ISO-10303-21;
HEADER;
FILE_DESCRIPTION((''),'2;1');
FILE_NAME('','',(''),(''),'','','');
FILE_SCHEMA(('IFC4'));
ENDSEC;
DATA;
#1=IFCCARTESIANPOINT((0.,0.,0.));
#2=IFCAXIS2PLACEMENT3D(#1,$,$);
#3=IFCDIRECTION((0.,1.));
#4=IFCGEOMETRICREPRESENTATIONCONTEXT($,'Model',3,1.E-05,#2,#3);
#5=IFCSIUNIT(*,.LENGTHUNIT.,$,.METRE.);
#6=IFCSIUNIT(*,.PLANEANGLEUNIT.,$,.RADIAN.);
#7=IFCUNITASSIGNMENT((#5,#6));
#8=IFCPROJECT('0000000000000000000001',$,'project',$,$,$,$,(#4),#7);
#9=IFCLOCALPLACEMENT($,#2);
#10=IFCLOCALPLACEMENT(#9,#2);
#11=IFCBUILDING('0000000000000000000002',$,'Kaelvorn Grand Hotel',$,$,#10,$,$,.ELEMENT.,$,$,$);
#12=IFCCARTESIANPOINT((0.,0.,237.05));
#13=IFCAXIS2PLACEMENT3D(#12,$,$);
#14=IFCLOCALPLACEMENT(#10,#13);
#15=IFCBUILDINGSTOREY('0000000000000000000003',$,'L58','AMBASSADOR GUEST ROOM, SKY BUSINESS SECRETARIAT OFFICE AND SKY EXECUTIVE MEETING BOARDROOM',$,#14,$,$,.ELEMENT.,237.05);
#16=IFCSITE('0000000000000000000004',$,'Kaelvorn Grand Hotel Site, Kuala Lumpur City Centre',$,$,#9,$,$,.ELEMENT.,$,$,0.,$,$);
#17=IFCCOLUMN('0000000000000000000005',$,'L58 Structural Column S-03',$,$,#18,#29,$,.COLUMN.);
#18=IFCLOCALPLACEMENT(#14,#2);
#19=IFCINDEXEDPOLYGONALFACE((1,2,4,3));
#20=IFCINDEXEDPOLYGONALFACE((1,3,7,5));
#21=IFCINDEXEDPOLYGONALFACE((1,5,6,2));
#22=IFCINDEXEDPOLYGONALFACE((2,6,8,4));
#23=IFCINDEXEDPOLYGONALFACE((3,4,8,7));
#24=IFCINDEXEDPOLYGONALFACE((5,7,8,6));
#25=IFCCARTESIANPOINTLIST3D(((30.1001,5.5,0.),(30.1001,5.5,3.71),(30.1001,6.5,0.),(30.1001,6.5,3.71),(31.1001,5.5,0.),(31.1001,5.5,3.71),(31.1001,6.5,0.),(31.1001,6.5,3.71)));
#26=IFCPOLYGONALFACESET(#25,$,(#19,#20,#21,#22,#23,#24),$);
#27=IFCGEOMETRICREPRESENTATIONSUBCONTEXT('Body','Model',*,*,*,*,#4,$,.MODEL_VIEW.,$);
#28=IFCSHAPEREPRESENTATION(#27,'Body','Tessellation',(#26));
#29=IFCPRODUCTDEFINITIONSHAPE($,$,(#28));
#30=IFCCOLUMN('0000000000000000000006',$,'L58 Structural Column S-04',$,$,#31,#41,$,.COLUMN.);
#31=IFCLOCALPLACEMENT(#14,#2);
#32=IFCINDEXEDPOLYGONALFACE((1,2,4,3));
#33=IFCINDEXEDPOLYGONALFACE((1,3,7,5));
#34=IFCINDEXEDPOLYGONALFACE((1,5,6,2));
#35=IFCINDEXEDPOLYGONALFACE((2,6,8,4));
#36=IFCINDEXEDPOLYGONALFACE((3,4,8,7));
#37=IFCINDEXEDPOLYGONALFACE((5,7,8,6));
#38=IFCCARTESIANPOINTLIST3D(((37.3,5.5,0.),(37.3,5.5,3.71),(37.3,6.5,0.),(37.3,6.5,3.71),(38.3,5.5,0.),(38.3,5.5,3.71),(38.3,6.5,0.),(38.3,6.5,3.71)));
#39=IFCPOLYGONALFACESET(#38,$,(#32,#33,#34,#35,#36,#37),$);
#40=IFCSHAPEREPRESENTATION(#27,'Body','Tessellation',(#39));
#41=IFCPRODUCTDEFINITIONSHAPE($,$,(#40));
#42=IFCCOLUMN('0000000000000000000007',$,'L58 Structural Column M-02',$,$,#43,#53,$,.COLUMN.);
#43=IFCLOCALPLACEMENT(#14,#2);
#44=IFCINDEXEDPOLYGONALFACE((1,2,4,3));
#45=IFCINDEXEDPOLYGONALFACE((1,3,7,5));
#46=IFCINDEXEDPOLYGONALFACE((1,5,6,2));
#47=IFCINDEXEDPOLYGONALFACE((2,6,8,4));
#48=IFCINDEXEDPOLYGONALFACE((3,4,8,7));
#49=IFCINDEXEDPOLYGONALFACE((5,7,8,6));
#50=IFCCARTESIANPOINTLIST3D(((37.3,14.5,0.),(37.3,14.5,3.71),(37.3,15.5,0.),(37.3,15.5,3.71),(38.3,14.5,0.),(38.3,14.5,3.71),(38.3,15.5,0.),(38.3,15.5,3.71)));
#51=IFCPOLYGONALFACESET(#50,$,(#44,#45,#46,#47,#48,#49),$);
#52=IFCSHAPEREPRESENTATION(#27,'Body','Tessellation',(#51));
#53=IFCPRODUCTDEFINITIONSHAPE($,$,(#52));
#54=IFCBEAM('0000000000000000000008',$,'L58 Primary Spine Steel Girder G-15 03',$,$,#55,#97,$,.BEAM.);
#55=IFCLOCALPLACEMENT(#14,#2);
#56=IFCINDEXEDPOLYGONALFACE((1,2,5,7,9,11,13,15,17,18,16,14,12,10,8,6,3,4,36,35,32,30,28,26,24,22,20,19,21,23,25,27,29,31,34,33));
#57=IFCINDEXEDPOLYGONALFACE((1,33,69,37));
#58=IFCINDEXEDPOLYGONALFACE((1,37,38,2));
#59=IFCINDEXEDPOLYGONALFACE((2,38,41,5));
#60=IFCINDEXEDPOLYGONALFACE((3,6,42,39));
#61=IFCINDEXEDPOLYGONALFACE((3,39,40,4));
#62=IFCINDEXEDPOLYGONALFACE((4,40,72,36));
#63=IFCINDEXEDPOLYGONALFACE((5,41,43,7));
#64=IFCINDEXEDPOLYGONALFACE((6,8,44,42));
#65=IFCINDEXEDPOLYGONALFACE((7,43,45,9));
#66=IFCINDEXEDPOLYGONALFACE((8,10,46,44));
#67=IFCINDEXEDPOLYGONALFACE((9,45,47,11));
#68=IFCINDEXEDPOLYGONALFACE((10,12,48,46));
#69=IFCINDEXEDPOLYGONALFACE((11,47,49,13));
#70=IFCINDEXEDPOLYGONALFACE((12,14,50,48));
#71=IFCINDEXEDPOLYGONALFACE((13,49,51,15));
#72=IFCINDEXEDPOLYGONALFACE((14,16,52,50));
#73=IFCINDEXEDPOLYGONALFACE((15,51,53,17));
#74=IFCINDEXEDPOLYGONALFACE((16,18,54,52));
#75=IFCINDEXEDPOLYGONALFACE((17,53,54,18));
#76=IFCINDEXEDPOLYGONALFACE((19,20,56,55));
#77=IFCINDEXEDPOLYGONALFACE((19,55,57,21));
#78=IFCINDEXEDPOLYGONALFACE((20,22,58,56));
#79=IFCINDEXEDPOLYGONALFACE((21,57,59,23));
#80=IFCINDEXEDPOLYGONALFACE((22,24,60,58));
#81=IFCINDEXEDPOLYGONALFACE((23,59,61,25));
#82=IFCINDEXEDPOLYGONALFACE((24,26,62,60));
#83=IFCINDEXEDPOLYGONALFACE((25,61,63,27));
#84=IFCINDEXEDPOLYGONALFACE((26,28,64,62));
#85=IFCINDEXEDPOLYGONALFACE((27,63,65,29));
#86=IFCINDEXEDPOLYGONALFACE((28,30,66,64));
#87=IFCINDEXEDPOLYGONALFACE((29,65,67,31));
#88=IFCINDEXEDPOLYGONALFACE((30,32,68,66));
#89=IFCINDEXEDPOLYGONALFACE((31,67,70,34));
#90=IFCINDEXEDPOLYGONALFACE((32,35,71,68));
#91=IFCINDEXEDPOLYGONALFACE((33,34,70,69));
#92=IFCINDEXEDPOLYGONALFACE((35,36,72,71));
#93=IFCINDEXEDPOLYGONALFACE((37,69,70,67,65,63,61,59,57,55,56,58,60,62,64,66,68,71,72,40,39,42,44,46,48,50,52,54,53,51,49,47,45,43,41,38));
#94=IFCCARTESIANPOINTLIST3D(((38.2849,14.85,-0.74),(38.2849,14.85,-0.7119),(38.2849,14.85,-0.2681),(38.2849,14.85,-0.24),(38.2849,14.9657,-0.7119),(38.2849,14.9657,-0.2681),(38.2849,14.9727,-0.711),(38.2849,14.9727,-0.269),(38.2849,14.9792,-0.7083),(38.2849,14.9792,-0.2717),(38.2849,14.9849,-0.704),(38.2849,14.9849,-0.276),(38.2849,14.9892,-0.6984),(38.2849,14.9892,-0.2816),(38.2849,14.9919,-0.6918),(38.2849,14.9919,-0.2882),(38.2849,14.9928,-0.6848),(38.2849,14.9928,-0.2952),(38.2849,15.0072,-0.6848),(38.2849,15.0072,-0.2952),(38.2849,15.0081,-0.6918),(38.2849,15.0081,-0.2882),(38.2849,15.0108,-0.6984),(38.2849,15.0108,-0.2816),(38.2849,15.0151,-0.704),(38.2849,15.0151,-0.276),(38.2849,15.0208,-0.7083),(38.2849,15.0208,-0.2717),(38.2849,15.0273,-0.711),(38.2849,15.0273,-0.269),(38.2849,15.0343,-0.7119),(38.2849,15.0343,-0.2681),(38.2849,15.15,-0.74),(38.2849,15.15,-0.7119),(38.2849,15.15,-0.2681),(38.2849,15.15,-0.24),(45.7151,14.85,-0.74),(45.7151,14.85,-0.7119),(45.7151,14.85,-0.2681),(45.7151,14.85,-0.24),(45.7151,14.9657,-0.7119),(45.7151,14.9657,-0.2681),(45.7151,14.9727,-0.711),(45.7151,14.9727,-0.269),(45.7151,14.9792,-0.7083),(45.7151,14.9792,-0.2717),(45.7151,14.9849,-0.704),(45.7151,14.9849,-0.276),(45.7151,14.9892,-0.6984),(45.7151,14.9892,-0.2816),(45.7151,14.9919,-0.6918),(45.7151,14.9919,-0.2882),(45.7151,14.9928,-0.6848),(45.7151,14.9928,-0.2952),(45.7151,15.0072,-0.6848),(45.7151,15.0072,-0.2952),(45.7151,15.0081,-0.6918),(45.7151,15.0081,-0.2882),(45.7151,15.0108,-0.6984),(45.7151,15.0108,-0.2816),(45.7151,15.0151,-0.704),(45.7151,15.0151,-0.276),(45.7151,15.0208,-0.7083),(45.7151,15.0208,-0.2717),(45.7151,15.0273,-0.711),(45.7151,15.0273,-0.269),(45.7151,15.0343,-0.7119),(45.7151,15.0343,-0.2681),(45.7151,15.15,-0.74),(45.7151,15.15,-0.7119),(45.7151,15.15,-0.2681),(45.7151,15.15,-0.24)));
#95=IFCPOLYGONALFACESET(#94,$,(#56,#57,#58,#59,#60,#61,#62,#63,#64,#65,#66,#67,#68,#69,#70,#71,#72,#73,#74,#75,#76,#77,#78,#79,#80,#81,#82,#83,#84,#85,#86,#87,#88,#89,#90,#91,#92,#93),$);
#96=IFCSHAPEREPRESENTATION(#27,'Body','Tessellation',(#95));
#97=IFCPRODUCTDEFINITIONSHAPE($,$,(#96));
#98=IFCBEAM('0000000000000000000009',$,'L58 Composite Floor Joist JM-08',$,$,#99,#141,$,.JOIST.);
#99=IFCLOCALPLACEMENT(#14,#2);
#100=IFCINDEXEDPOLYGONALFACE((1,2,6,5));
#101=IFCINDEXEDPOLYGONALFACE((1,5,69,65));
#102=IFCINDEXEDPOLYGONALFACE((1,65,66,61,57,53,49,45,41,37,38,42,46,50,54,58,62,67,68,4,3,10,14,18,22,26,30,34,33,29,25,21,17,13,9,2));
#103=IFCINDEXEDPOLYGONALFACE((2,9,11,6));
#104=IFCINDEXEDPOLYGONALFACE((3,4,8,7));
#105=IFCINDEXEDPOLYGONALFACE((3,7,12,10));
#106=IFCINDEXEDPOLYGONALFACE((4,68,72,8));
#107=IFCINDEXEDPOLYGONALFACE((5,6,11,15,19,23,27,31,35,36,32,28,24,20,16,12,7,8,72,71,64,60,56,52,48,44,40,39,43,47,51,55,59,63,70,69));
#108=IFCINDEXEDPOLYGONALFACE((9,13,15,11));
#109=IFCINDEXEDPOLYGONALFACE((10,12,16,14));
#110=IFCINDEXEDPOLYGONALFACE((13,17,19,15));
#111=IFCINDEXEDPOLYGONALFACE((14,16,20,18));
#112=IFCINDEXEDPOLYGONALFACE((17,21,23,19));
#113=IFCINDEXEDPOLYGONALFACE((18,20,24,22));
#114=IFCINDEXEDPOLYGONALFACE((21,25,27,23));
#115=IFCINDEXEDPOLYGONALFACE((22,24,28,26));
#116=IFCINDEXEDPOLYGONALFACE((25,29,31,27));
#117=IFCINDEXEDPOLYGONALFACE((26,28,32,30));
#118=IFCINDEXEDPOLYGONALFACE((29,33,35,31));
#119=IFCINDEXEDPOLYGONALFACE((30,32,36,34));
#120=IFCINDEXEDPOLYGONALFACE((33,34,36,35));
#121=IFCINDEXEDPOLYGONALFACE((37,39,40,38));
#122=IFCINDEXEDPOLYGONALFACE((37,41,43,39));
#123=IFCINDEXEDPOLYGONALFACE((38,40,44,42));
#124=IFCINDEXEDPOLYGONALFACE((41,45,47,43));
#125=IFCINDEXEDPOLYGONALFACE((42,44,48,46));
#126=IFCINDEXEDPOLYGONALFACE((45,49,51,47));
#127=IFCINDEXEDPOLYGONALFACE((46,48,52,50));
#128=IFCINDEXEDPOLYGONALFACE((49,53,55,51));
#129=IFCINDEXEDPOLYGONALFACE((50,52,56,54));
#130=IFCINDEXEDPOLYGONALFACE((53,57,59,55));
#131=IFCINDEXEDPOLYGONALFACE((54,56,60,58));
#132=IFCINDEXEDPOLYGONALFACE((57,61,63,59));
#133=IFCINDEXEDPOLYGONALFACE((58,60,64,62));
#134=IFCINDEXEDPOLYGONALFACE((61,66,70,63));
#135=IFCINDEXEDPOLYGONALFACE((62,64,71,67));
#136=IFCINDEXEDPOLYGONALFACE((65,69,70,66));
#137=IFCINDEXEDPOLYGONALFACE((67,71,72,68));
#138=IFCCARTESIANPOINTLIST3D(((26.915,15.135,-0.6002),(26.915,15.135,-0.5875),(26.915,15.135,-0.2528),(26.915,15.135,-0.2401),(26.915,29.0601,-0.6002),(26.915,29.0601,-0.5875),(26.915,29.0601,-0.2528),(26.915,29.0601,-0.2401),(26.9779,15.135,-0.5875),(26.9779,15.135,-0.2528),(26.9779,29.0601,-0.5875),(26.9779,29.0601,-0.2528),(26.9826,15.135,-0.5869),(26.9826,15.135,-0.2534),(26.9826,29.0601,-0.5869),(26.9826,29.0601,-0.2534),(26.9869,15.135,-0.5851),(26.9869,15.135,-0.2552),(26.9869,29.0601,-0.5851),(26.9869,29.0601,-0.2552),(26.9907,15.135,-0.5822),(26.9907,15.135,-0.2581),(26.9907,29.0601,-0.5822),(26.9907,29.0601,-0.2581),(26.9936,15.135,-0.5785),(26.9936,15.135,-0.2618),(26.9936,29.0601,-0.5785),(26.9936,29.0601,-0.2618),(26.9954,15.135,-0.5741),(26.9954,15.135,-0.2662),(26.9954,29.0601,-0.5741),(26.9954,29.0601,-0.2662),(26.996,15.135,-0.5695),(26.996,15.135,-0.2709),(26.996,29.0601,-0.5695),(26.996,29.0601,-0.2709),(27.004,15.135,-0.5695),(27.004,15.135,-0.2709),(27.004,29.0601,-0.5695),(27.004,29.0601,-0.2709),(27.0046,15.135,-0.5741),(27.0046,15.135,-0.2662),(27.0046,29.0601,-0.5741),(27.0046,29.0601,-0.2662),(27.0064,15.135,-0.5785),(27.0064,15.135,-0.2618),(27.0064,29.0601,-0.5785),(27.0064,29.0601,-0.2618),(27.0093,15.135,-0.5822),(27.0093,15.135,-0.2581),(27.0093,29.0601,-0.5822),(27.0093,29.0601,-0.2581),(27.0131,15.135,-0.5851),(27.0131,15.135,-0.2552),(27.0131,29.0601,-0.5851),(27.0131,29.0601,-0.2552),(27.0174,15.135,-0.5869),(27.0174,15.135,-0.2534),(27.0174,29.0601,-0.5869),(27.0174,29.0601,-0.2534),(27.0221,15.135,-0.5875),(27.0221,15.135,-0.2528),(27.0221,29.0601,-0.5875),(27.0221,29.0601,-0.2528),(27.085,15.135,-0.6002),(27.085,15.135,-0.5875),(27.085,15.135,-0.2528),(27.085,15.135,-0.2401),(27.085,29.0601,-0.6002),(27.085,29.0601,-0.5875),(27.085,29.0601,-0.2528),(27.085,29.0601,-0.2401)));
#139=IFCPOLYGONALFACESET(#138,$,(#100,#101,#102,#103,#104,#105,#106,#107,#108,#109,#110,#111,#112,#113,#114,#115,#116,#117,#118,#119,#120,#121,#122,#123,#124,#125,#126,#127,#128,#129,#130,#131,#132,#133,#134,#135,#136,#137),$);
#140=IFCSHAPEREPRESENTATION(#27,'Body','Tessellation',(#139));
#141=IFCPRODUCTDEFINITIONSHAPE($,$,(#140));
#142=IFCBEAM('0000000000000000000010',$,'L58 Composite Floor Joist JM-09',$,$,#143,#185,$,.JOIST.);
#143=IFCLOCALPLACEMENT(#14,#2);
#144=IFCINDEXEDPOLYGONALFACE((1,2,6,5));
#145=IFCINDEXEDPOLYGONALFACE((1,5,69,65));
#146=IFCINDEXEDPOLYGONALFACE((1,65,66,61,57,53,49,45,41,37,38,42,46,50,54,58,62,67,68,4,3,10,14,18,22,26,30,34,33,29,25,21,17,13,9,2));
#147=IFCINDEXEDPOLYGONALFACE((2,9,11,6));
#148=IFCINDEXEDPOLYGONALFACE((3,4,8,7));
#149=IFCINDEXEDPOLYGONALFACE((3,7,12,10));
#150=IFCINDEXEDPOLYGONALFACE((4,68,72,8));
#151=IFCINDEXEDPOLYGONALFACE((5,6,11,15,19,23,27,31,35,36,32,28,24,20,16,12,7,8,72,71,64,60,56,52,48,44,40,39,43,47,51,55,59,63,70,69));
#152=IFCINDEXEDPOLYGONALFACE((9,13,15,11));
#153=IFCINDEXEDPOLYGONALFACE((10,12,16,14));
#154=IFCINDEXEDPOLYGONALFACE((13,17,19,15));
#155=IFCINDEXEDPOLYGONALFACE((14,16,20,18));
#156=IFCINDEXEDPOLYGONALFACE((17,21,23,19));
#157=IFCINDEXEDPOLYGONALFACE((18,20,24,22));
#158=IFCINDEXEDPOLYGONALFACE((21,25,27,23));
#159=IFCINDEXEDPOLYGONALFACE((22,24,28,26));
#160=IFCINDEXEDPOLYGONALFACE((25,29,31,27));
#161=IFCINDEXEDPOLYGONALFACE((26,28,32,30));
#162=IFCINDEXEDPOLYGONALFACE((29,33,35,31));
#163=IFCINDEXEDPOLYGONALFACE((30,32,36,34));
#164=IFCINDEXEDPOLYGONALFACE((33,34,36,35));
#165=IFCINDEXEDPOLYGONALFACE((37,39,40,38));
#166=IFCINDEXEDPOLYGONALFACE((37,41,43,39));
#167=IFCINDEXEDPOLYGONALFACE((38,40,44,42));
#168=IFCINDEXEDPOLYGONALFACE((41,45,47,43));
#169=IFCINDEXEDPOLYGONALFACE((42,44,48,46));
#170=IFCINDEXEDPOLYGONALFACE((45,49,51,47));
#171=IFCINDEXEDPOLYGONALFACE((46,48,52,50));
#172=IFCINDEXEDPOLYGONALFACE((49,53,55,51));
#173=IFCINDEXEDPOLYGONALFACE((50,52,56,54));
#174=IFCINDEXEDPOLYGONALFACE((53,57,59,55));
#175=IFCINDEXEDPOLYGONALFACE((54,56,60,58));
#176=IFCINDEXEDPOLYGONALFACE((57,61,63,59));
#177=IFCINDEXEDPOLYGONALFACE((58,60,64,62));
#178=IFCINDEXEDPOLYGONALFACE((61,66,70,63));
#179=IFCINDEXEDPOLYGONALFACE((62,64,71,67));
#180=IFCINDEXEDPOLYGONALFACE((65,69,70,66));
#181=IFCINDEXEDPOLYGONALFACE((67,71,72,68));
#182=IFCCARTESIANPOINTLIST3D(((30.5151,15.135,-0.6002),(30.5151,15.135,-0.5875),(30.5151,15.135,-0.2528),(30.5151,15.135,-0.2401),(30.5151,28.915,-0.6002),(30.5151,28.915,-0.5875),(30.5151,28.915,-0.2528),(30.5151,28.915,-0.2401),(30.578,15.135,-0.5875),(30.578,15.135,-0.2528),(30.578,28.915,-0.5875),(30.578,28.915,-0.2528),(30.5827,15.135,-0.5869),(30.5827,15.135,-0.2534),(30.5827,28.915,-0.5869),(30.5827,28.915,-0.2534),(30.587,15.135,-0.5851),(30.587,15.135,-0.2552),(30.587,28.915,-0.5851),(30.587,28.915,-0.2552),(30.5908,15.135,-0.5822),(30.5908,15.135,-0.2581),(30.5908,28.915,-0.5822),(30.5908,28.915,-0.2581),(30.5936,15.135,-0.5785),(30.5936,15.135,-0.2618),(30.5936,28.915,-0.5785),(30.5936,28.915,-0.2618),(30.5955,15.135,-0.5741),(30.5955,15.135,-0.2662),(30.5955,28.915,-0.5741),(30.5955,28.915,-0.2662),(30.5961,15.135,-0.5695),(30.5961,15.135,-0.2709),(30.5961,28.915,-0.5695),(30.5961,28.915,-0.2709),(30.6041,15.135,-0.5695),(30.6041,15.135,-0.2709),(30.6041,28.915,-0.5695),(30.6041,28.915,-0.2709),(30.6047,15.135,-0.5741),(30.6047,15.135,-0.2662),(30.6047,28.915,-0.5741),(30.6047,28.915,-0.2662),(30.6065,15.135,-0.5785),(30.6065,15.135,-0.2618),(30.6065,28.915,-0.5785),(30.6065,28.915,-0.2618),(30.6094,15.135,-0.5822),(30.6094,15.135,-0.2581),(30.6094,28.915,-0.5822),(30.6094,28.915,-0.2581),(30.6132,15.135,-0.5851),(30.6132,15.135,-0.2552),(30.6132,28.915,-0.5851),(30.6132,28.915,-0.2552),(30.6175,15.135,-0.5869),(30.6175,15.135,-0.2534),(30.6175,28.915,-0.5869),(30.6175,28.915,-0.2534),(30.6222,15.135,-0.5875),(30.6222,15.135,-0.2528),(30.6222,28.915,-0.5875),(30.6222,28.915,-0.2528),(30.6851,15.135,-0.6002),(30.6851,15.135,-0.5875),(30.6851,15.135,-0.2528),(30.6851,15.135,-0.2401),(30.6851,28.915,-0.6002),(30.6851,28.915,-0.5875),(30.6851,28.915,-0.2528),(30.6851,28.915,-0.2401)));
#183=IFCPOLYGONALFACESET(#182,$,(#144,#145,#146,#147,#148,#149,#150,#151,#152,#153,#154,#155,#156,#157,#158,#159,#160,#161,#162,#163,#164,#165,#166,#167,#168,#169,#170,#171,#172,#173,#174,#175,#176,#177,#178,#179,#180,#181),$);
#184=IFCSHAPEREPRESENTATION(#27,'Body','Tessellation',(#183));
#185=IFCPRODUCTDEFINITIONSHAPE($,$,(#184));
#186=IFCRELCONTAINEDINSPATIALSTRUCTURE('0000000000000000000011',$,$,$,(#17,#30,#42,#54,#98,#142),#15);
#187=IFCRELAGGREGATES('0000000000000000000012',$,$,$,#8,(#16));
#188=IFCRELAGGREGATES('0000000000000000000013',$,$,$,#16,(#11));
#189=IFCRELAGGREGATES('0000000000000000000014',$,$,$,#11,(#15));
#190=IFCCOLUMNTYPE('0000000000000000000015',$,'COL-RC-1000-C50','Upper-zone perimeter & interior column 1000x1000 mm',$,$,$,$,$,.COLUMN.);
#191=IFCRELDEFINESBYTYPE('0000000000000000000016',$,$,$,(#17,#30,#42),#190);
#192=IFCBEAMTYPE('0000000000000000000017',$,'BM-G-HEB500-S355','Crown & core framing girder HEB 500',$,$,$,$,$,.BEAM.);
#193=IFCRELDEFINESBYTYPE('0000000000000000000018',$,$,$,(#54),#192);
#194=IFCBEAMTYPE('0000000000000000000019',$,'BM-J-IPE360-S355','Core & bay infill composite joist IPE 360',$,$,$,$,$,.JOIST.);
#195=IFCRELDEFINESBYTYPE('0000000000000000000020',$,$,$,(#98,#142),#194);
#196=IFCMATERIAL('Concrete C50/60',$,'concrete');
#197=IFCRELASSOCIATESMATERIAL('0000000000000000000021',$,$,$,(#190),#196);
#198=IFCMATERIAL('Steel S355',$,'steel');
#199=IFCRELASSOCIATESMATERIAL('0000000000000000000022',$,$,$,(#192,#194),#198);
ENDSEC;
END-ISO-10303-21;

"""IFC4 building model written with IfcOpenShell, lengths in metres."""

from ifc_helpers import new_model, si_unit, direction, frame, origin, origin_2d, place, context, subcontext, project, spatial, rectangle, i_section, extrude, material, material_profile, profile_set, type_object, element, save


model = new_model("IFC4")

# Units and contexts
model_context = context("Model", 3, precision=1e-05, world=origin(), true_north=direction((0.0, 1.0)))
body_context = subcontext(model_context, "Body", "Model", "MODEL_VIEW")
ifc_project = project(units=[si_unit("LENGTHUNIT", "METRE"), si_unit("PLANEANGLEUNIT", "RADIAN")], contexts=[model_context])

# Site, building, storey
site_placement = place(None, origin())
site = spatial("IfcSite", under=ifc_project, at=site_placement, Name="Kaelvorn Grand Hotel Site, Kuala Lumpur City Centre", CompositionType="ELEMENT", RefElevation=0.0)
building_placement = place(site_placement, origin())
building = spatial("IfcBuilding", under=site, at=building_placement, Name="Kaelvorn Grand Hotel", CompositionType="ELEMENT")
storey_placement = place(building_placement, frame((0.0, 0.0, 237.05)))
storey = spatial("IfcBuildingStorey", under=building, at=storey_placement, Name="L58", Description="AMBASSADOR GUEST ROOM, SKY BUSINESS SECRETARIAT OFFICE AND SKY EXECUTIVE MEETING BOARDROOM", CompositionType="ELEMENT", Elevation=237.05)

# Columns
ifc_material_1 = material(Name="Concrete C50/60", Category="concrete")
ifc_material_profile_1 = material_profile(ifc_material_1, rectangle(XDim=1.0, YDim=1.0, at=origin_2d()), Name="RC COL 1000x1000")
ifc_profile_set_1 = profile_set([ifc_material_profile_1], Name="Concrete C50/60")
column_type = type_object("IfcColumnType", Name="COL-RC-1000-C50", Description="Upper-zone perimeter & interior column 1000x1000 mm", PredefinedType="COLUMN", material=ifc_profile_set_1)
for number, where, z_axis, x_axis, name in (
    (1, (30.6001, 6.0, 0.0), (0.0, 0.0, 1.0), (1.0, 0.0, 0.0), "L58 Structural Column S-03"),
    (2, (37.8, 6.0, 0.0), (0.0, 0.0, 1.0), (1.0, 0.0, 0.0), "L58 Structural Column S-04"),
    (3, (37.8, 15.0, 0.0), (0.0, 0.0, 1.0), (1.0, 0.0, 0.0), "L58 Structural Column M-02"),
):
    element("IfcColumn", number, at=place(storey_placement, frame(where, z_axis=z_axis, x_axis=x_axis)), inside=storey, type_object=column_type, Name=name, PredefinedType="COLUMN", context=body_context, shape_type="SweptSolid", body=[
        extrude(rectangle(XDim=1.0, YDim=1.0, at=origin_2d()), origin(), (0.0, 0.0, 1.0), 3.71),
    ])

# Beams
ifc_material_2 = material(Name="Steel S355", Category="steel")
ifc_material_profile_2 = material_profile(ifc_material_2, i_section(OverallWidth=0.3, OverallDepth=0.5, WebThickness=0.0144, FlangeThickness=0.0281, FilletRadius=0.0271, at=origin_2d()), Name="HEB 500")
ifc_profile_set_2 = profile_set([ifc_material_profile_2], Name="Steel S355")
beam_type_1 = type_object("IfcBeamType", Name="BM-G-HEB500-S355", Description="Crown & core framing girder HEB 500", PredefinedType="BEAM", material=ifc_profile_set_2)
beam_1_placement = place(storey_placement, frame((38.2849, 15.0, -0.49), z_axis=(1.0, 0.0, 0.0), x_axis=(0.0, 1.0, 0.0)))
element("IfcBeam", 4, at=beam_1_placement, inside=storey, type_object=beam_type_1, Name="L58 Primary Spine Steel Girder G-15 03", PredefinedType="BEAM", context=body_context, shape_type="SweptSolid", body=[
    extrude(i_section(OverallWidth=0.3, OverallDepth=0.5, WebThickness=0.0144, FlangeThickness=0.0281, FilletRadius=0.0271, at=origin_2d()), origin(), (0.0, 0.0, 1.0), 7.4302),
])
ifc_material_profile_3 = material_profile(ifc_material_2, i_section(OverallWidth=0.1699, OverallDepth=0.3601, WebThickness=0.0081, FlangeThickness=0.0127, FilletRadius=0.0181, at=origin_2d()), Name="IPE 360")
ifc_profile_set_3 = profile_set([ifc_material_profile_3], Name="Steel S355")
beam_type_2 = type_object("IfcBeamType", Name="BM-J-IPE360-S355", Description="Core & bay infill composite joist IPE 360", PredefinedType="JOIST", material=ifc_profile_set_3)
beam_2_placement = place(storey_placement, frame((27.0, 15.135, -0.4202), z_axis=(0.0, 1.0, 0.0), x_axis=(-1.0, 0.0, 0.0)))
element("IfcBeam", 5, at=beam_2_placement, inside=storey, type_object=beam_type_2, Name="L58 Composite Floor Joist JM-08", PredefinedType="JOIST", context=body_context, shape_type="SweptSolid", body=[
    extrude(i_section(OverallWidth=0.1699, OverallDepth=0.3601, WebThickness=0.0081, FlangeThickness=0.0127, FilletRadius=0.0181, at=origin_2d()), origin(), (0.0, 0.0, 1.0), 13.925),
])
beam_3_placement = place(storey_placement, frame((30.6001, 15.135, -0.4202), z_axis=(0.0, 1.0, 0.0), x_axis=(-1.0, 0.0, 0.0)))
element("IfcBeam", 6, at=beam_3_placement, inside=storey, type_object=beam_type_2, Name="L58 Composite Floor Joist JM-09", PredefinedType="JOIST", context=body_context, shape_type="SweptSolid", body=[
    extrude(i_section(OverallWidth=0.1699, OverallDepth=0.3601, WebThickness=0.0081, FlangeThickness=0.0127, FilletRadius=0.0181, at=origin_2d()), origin(), (0.0, 0.0, 1.0), 13.78),
])

save(model, "model.ifc")
